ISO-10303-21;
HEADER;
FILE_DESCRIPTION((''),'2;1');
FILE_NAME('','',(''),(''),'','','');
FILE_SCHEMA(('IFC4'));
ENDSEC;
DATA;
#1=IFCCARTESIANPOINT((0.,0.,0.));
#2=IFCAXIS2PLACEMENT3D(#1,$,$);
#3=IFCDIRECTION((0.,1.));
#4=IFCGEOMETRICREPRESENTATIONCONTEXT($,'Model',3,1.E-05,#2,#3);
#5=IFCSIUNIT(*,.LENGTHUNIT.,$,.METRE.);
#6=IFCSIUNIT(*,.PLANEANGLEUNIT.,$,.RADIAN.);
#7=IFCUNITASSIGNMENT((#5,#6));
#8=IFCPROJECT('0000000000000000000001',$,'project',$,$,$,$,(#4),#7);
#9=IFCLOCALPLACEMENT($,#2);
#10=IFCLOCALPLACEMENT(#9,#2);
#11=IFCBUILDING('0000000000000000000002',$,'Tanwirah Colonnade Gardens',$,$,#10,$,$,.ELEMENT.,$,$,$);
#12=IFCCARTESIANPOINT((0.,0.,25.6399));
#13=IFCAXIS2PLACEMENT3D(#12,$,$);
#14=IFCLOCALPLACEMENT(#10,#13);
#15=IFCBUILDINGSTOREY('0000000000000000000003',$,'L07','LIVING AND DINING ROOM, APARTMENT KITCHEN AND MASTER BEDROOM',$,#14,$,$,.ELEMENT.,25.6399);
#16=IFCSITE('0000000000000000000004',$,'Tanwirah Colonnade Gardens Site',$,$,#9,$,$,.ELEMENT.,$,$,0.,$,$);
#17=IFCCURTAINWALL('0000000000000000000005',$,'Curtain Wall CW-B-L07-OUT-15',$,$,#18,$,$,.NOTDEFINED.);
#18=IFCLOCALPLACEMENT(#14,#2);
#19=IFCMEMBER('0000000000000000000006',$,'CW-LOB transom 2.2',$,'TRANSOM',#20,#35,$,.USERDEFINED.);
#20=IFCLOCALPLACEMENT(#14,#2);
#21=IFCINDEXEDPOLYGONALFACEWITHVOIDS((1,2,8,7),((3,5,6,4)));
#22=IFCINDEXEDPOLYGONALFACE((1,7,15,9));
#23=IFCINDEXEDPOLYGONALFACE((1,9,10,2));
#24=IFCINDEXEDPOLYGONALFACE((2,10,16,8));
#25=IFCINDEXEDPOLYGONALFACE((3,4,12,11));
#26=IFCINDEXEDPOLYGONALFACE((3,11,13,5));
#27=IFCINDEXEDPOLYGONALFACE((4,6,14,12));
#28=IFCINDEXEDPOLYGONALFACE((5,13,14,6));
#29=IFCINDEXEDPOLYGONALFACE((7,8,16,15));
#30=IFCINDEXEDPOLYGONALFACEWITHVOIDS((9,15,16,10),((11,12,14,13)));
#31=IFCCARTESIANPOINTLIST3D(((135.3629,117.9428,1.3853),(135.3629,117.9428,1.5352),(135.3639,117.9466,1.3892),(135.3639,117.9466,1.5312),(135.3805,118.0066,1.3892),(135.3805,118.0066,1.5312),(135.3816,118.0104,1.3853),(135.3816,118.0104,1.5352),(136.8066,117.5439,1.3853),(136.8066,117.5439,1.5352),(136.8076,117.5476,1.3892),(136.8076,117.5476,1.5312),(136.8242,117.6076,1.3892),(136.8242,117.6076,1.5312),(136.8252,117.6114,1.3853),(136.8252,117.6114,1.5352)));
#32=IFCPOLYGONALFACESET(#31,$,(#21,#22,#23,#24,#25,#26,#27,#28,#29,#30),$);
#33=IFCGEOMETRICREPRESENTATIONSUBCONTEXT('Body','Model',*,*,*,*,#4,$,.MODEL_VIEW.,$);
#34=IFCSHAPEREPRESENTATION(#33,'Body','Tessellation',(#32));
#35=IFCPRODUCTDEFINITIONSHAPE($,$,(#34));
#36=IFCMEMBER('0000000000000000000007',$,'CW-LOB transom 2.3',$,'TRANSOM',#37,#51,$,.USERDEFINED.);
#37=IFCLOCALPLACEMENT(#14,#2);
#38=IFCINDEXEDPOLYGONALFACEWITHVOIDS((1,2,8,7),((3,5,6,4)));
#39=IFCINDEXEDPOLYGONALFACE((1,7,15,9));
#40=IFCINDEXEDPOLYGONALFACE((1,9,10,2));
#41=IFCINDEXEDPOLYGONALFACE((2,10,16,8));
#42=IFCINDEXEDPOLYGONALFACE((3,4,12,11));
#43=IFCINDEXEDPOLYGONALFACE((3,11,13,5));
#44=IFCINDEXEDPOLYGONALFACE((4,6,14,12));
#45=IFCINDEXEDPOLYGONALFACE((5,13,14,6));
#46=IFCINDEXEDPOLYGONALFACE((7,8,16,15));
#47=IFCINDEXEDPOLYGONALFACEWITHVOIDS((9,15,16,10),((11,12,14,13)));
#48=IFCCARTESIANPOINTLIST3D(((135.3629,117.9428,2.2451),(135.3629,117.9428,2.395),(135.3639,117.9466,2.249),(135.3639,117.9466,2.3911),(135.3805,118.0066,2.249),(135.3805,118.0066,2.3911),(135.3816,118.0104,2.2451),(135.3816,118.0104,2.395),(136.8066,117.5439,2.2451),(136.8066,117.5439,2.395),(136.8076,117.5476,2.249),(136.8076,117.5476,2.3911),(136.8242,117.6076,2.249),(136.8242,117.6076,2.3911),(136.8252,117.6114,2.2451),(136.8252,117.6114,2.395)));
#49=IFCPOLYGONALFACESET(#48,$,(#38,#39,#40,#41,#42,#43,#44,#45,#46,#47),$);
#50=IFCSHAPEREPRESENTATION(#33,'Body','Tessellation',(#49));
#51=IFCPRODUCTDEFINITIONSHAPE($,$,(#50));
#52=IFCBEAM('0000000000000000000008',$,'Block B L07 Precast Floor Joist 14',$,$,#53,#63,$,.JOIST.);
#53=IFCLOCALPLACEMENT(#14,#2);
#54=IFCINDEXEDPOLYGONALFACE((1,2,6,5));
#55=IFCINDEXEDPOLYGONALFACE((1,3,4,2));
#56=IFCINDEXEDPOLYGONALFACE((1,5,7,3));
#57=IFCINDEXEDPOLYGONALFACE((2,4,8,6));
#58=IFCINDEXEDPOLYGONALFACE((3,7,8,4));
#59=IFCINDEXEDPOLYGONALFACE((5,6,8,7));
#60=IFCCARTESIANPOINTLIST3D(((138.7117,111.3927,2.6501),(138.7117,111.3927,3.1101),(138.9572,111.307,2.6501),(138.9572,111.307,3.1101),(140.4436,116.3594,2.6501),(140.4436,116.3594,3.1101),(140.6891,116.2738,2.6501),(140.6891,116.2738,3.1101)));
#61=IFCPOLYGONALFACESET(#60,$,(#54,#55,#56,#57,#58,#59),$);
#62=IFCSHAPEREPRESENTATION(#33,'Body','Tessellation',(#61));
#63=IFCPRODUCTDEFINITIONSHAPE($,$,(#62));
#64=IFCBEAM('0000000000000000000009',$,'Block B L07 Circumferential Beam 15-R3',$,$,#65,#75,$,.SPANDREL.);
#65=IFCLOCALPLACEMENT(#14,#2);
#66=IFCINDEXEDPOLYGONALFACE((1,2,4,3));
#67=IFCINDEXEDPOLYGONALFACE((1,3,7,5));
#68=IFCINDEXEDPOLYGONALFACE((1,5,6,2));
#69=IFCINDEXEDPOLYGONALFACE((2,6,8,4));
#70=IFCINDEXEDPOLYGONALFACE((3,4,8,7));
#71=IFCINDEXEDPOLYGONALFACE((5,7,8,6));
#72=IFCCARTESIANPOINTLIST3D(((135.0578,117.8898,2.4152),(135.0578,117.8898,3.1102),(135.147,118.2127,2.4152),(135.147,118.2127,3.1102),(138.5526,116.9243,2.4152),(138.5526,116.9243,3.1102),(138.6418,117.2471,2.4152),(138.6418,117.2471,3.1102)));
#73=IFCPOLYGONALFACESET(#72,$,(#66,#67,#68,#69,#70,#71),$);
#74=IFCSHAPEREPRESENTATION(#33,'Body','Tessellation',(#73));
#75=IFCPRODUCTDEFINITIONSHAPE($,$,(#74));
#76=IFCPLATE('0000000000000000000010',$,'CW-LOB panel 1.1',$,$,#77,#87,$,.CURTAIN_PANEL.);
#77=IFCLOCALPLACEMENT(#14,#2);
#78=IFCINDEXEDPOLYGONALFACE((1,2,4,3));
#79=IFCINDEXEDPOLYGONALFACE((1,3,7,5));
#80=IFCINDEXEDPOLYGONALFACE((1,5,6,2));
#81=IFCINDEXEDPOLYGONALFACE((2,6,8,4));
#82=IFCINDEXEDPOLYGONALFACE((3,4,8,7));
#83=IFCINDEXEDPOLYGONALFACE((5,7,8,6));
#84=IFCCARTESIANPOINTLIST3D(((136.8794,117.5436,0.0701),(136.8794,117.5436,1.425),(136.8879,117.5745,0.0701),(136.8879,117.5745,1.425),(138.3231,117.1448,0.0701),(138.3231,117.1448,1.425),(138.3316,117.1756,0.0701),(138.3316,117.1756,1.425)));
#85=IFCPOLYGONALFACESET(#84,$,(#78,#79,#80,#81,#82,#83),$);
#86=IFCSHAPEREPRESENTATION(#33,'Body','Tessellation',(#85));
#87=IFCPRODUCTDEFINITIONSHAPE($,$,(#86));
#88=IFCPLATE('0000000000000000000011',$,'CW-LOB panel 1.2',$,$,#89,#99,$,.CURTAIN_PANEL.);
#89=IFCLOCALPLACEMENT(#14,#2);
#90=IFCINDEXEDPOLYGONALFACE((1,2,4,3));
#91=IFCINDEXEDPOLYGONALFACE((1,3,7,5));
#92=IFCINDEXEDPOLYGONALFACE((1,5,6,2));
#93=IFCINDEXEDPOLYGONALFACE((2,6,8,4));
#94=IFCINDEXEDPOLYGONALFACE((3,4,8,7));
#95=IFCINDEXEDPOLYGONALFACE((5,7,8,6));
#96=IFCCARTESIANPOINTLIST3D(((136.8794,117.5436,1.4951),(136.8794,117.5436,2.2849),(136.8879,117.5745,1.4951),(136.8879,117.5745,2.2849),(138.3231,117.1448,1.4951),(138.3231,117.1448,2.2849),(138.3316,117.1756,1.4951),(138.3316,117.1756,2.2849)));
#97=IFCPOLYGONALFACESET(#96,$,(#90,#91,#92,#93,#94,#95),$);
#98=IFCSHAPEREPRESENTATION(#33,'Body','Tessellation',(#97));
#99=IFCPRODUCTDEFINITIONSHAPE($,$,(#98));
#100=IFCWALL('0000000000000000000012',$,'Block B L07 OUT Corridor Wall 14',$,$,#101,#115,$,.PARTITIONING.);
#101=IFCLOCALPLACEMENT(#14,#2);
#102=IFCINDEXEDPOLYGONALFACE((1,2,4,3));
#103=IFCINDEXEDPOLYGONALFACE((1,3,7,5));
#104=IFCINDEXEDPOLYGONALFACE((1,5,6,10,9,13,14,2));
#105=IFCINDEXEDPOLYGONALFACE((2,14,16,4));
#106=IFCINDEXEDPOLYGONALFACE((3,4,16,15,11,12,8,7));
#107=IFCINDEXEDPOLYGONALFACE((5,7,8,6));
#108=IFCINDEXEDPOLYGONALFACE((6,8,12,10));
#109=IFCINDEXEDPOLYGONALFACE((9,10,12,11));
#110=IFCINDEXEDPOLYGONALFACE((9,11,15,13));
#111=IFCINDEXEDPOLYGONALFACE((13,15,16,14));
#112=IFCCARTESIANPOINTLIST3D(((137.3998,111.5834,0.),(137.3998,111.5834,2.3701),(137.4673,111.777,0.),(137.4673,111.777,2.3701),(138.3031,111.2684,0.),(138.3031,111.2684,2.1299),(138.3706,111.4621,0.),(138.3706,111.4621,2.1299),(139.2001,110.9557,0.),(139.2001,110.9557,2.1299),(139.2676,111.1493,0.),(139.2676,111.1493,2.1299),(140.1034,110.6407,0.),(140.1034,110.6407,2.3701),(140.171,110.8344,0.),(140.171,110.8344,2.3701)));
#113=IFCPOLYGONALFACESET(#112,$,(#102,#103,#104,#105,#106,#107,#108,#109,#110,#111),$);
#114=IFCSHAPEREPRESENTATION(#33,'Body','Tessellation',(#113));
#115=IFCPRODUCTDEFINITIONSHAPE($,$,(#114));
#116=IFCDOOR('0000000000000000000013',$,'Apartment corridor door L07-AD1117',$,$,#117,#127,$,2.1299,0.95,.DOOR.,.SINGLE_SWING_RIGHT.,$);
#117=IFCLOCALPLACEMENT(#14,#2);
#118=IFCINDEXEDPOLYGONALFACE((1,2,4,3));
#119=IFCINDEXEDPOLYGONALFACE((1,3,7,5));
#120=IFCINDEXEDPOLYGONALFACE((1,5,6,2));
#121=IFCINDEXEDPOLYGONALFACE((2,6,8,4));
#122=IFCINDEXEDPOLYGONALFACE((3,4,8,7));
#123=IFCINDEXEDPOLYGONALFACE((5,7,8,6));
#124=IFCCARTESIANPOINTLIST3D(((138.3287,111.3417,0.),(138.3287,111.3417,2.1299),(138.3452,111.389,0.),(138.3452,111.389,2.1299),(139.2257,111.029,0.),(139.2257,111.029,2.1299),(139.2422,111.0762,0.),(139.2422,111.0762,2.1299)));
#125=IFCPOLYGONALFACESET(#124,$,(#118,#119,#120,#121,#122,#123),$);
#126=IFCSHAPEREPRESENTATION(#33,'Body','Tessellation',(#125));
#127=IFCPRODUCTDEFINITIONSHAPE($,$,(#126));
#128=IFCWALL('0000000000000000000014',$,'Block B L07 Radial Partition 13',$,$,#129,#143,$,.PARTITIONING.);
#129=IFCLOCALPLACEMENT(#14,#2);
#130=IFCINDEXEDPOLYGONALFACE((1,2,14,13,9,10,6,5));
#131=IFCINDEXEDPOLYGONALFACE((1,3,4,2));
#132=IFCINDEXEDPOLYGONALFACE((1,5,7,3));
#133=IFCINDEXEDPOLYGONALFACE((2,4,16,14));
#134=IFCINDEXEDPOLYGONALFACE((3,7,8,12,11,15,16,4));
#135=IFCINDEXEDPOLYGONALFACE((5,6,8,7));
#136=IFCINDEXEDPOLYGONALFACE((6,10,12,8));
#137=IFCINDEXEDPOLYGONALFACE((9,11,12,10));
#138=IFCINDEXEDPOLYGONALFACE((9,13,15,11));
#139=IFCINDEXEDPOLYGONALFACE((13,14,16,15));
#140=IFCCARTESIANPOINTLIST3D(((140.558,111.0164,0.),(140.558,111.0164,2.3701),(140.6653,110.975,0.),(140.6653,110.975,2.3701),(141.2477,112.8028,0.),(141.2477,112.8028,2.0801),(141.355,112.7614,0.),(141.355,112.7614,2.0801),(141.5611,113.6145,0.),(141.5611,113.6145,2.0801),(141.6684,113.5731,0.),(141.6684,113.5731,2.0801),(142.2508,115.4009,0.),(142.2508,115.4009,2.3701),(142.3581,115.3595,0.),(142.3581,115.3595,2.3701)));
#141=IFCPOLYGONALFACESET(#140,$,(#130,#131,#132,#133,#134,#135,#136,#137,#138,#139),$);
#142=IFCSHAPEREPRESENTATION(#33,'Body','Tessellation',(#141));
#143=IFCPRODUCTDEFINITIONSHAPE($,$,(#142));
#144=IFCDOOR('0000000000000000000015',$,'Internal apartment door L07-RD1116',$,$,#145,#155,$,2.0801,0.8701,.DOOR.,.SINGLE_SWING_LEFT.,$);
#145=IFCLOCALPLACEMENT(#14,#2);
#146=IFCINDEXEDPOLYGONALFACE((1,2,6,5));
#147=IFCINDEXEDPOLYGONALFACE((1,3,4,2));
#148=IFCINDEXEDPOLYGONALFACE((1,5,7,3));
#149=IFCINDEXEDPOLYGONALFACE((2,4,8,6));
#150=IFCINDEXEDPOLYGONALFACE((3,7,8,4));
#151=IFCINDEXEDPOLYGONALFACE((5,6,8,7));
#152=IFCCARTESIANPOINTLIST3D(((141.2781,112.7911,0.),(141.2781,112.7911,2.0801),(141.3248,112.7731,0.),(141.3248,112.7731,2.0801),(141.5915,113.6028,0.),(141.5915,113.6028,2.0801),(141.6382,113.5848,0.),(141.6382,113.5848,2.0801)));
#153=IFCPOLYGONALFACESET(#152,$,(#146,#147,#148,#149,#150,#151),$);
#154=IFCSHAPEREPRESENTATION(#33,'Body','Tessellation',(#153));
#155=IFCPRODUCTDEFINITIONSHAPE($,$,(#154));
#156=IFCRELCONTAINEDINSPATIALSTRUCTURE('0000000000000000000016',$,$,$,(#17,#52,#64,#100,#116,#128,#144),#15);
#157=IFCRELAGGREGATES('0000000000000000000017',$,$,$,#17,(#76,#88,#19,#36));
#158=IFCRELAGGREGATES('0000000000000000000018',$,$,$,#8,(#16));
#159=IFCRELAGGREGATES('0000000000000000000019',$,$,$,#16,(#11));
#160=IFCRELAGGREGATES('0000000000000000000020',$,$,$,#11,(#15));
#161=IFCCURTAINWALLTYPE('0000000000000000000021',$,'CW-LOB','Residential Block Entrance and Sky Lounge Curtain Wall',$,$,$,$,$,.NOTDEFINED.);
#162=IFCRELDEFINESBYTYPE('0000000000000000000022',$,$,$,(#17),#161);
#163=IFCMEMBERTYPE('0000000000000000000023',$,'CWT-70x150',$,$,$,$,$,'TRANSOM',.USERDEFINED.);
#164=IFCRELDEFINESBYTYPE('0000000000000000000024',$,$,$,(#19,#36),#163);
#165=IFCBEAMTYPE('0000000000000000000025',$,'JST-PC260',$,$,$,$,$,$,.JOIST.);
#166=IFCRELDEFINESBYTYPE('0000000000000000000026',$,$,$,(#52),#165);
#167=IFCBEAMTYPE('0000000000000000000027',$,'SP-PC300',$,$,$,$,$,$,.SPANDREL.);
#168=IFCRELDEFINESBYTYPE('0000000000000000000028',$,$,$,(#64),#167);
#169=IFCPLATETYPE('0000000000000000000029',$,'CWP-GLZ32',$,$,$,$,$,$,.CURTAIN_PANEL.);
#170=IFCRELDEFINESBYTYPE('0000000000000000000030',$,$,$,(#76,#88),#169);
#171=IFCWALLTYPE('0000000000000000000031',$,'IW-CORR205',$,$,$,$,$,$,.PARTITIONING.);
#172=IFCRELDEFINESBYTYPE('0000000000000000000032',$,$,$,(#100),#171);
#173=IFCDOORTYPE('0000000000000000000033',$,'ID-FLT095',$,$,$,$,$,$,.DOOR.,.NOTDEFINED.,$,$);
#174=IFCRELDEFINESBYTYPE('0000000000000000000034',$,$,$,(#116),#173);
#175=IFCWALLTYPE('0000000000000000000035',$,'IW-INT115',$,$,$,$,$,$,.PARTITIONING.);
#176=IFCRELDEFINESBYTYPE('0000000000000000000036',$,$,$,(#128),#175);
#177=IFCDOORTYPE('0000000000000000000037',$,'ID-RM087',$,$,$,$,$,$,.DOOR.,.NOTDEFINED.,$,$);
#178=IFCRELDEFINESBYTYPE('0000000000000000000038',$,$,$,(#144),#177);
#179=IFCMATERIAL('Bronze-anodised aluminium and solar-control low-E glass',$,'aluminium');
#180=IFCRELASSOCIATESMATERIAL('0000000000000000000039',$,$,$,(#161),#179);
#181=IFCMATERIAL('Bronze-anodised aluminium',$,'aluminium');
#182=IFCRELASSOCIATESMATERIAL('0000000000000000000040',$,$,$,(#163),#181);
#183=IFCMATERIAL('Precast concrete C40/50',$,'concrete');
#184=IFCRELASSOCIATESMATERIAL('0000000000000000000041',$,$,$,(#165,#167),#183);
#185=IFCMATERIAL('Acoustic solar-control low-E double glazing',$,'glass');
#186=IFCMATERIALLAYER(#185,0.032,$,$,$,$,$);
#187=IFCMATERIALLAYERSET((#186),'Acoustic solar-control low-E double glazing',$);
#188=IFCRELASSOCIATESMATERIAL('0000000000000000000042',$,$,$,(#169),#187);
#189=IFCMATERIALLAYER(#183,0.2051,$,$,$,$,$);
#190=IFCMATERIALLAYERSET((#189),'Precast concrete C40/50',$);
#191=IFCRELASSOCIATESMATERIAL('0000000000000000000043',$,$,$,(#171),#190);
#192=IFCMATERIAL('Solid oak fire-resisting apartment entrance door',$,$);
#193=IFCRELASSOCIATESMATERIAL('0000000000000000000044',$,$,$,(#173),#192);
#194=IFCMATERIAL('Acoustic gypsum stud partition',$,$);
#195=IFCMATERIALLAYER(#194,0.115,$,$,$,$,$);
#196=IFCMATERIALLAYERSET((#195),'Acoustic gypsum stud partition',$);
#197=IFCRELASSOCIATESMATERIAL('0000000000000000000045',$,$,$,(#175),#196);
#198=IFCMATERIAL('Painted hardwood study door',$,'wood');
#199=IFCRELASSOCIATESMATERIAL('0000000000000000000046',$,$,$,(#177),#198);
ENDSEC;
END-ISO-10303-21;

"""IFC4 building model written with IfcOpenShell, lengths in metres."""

from ifc_helpers import new_model, si_unit, direction, frame, frame_2d, origin, origin_2d, place, context, subcontext, project, spatial, rectangle, hollow_rectangle, extrude, material, layer, layer_set, material_profile, profile_set, type_object, element, fill, aggregate, save


model = new_model("IFC4")

# Units and contexts
model_context = context("Model", 3, precision=1e-05, world=origin(), true_north=direction((0.0, 1.0)))
body_context = subcontext(model_context, "Body", "Model", "MODEL_VIEW")
ifc_project = project(units=[si_unit("LENGTHUNIT", "METRE"), si_unit("PLANEANGLEUNIT", "RADIAN")], contexts=[model_context])

# Site, building, storey
site_placement = place(None, origin())
site = spatial("IfcSite", under=ifc_project, at=site_placement, Name="Tanwirah Colonnade Gardens Site", CompositionType="ELEMENT", RefElevation=0.0)
building_placement = place(site_placement, origin())
building = spatial("IfcBuilding", under=site, at=building_placement, Name="Tanwirah Colonnade Gardens", CompositionType="ELEMENT")
storey_placement = place(building_placement, frame((0.0, 0.0, 25.6399)))
storey = spatial("IfcBuildingStorey", under=building, at=storey_placement, Name="L07", Description="LIVING AND DINING ROOM, APARTMENT KITCHEN AND MASTER BEDROOM", CompositionType="ELEMENT", Elevation=25.6399)

# Shared definitions
ifc_material_1 = material(Name="Precast concrete C40/50", Category="concrete")

# Curtain wall, members
ifc_material_2 = material(Name="Bronze-anodised aluminium and solar-control low-E glass", Category="aluminium")
curtain_wall_type = type_object("IfcCurtainWallType", Name="CW-LOB", Description="Residential Block Entrance and Sky Lounge Curtain Wall", PredefinedType="NOTDEFINED", material=ifc_material_2)
curtain_wall_placement = place(storey_placement, origin())
curtain_wall = element("IfcCurtainWall", 1, at=curtain_wall_placement, inside=storey, type_object=curtain_wall_type, Name="Curtain Wall CW-B-L07-OUT-15", PredefinedType="NOTDEFINED")
ifc_material_3 = material(Name="Bronze-anodised aluminium", Category="aluminium")
ifc_material_profile_1 = material_profile(ifc_material_3, hollow_rectangle(XDim=0.0701, YDim=0.1499, WallThickness=0.0039, at=origin_2d()), Name="CW-TRN 70x150x4")
ifc_profile_set_1 = profile_set([ifc_material_profile_1], Name="Bronze-anodised aluminium")
member_type_1 = type_object("IfcMemberType", Name="CWT-70x150", ElementType="TRANSOM", PredefinedType="USERDEFINED", material=ifc_profile_set_1)
member_1_placement = place(storey_placement, frame((136.8159, 117.5776, 1.4602), z_axis=(-0.963874, 0.266357, 0.0), x_axis=(-0.266357, -0.963874, 0.0)))
member_1 = element("IfcMember", 2, at=member_1_placement, type_object=member_type_1, Name="CW-LOB transom 2.2", ObjectType="TRANSOM", PredefinedType="USERDEFINED", context=body_context, shape_type="SweptSolid", body=[
    extrude(hollow_rectangle(XDim=0.0701, YDim=0.1499, WallThickness=0.0039, at=origin_2d()), origin(), (0.0, 0.0, 1.0), 1.4978),
])
member_2_placement = place(storey_placement, frame((136.8159, 117.5776, 2.3201), z_axis=(-0.963874, 0.266357, 0.0), x_axis=(-0.266357, -0.963874, 0.0)))
member_2 = element("IfcMember", 3, at=member_2_placement, type_object=member_type_1, Name="CW-LOB transom 2.3", ObjectType="TRANSOM", PredefinedType="USERDEFINED", context=body_context, shape_type="SweptSolid", body=[
    extrude(hollow_rectangle(XDim=0.0701, YDim=0.1499, WallThickness=0.0039, at=origin_2d()), origin(), (0.0, 0.0, 1.0), 1.4978),
])

# Beams
ifc_material_profile_2 = material_profile(ifc_material_1, rectangle(XDim=0.26, YDim=0.46, at=origin_2d()), Name="PC-JST 260x460")
ifc_profile_set_2 = profile_set([ifc_material_profile_2], Name="Precast concrete C40/50")
beam_type_1 = type_object("IfcBeamType", Name="JST-PC260", PredefinedType="JOIST", material=ifc_profile_set_2)
beam_1_placement = place(storey_placement, frame((138.8345, 111.3499, 2.8801), z_axis=(0.329259, 0.94424, 0.0), x_axis=(-0.94424, 0.329259, 0.0)))
element("IfcBeam", 4, at=beam_1_placement, inside=storey, type_object=beam_type_1, Name="Block B L07 Precast Floor Joist 14", PredefinedType="JOIST", context=body_context, shape_type="SweptSolid", body=[
    extrude(rectangle(XDim=0.26, YDim=0.46, at=origin_2d()), origin(), (0.0, 0.0, 1.0), 5.26),
])
ifc_material_profile_3 = material_profile(ifc_material_1, rectangle(XDim=0.335, YDim=0.6951, at=origin_2d()), Name="PC-SP 335x695")
ifc_profile_set_3 = profile_set([ifc_material_profile_3], Name="Precast concrete C40/50")
beam_type_2 = type_object("IfcBeamType", Name="SP-PC300", PredefinedType="SPANDREL", material=ifc_profile_set_3)
beam_2_placement = place(storey_placement, frame((138.5972, 117.0857, 2.7627), z_axis=(-0.963888, 0.266307, 0.0), x_axis=(-0.266307, -0.963888, 0.0)))
element("IfcBeam", 5, at=beam_2_placement, inside=storey, type_object=beam_type_2, Name="Block B L07 Circumferential Beam 15-R3", PredefinedType="SPANDREL", context=body_context, shape_type="SweptSolid", body=[
    extrude(rectangle(XDim=0.335, YDim=0.6951, at=origin_2d()), origin(), (0.0, 0.0, 1.0), 3.6257),
])

# Plates
ifc_material_4 = material(Name="Acoustic solar-control low-E double glazing", Category="glass")
ifc_layer_1 = layer(ifc_material_4, 0.032)
ifc_layer_set_1 = layer_set([ifc_layer_1], Name="Acoustic solar-control low-E double glazing")
plate_type = type_object("IfcPlateType", Name="CWP-GLZ32", PredefinedType="CURTAIN_PANEL", material=ifc_layer_set_1)
plate_1_placement = place(storey_placement, frame((137.6055, 117.3596, 0.0701), z_axis=(0.0, 0.0, 1.0), x_axis=(-0.963889, 0.266305, 0.0)))
plate_1 = element("IfcPlate", 6, at=plate_1_placement, type_object=plate_type, Name="CW-LOB panel 1.1", PredefinedType="CURTAIN_PANEL", context=body_context, shape_type="SweptSolid", body=[
    extrude(rectangle(XDim=1.4978, YDim=0.032, at=origin_2d()), origin(), (0.0, 0.0, 1.0), 1.355),
])
plate_2_placement = place(storey_placement, frame((137.6055, 117.3596, 1.4951), z_axis=(0.0, 0.0, 1.0), x_axis=(-0.963889, 0.266305, 0.0)))
plate_2 = element("IfcPlate", 7, at=plate_2_placement, type_object=plate_type, Name="CW-LOB panel 1.2", PredefinedType="CURTAIN_PANEL", context=body_context, shape_type="SweptSolid", body=[
    extrude(rectangle(XDim=1.4978, YDim=0.032, at=origin_2d()), origin(), (0.0, 0.0, 1.0), 0.7898),
])
aggregate(curtain_wall, [plate_1, plate_2, member_1, member_2])

# Walls, openings, doors
ifc_layer_2 = layer(ifc_material_1, 0.2051)
ifc_layer_set_2 = layer_set([ifc_layer_2], Name="Precast concrete C40/50")
wall_type_1 = type_object("IfcWallType", Name="IW-CORR205", PredefinedType="PARTITIONING", material=ifc_layer_set_2)
wall_1_placement = place(storey_placement, frame((140.1372, 110.7375, 0.0), z_axis=(0.0, 0.0, 1.0), x_axis=(-0.944254, 0.329218, 0.0)))
wall_1 = element("IfcWall", 8, at=wall_1_placement, inside=storey, type_object=wall_type_1, Name="Block B L07 OUT Corridor Wall 14", PredefinedType="PARTITIONING", context=body_context, shape_type="SweptSolid", body=[
    extrude(rectangle(XDim=2.8633, YDim=0.2051, at=frame_2d((1.4316, 0.0))), origin(), (0.0, 0.0, 1.0), 2.3701),
])
opening_1_placement = place(wall_1_placement, frame((0.9565, 0.0, 0.0)))
opening_1 = element("IfcOpeningElement", 9, at=opening_1_placement, cuts=wall_1, PredefinedType="OPENING", context=body_context, shape_type="SweptSolid", body=[
    extrude(rectangle(XDim=0.95, YDim=2.1299, at=frame_2d((0.4751, 1.0649))), frame((0.0, 0.1125, 0.0), z_axis=(0.0, -1.0, 0.0), x_axis=(1.0, 0.0, 0.0)), (0.0, 0.0, 1.0), 0.2251),
])
ifc_material_5 = material(Name="Solid oak fire-resisting apartment entrance door")
door_type_1 = type_object("IfcDoorType", Name="ID-FLT095", OperationType="NOTDEFINED", PredefinedType="DOOR", material=ifc_material_5)
door_1_placement = place(opening_1_placement, origin())
door_1 = element("IfcDoor", 10, at=door_1_placement, inside=storey, type_object=door_type_1, Name="Apartment corridor door L07-AD1117", OperationType="SINGLE_SWING_RIGHT", OverallHeight=2.1299, OverallWidth=0.95, PredefinedType="DOOR", context=body_context, shape_type="SweptSolid", body=[
    extrude(rectangle(XDim=0.95, YDim=2.1299, at=frame_2d((0.4751, 1.0649))), frame((0.0, 0.0249, 0.0), z_axis=(0.0, -1.0, 0.0), x_axis=(1.0, 0.0, 0.0)), (0.0, 0.0, 1.0), 0.05),
])
fill(opening_1, door_1)
ifc_material_6 = material(Name="Acoustic gypsum stud partition")
ifc_layer_3 = layer(ifc_material_6, 0.115)
ifc_layer_set_3 = layer_set([ifc_layer_3], Name="Acoustic gypsum stud partition")
wall_type_2 = type_object("IfcWallType", Name="IW-INT115", PredefinedType="PARTITIONING", material=ifc_layer_set_3)
wall_2_placement = place(storey_placement, frame((140.6116, 110.9956, 0.0), z_axis=(0.0, 0.0, 1.0), x_axis=(0.360187, 0.93288, 0.0)))
wall_2 = element("IfcWall", 11, at=wall_2_placement, inside=storey, type_object=wall_type_2, Name="Block B L07 Radial Partition 13", PredefinedType="PARTITIONING", context=body_context, shape_type="SweptSolid", body=[
    extrude(rectangle(XDim=4.7, YDim=0.115, at=frame_2d((2.3501, 0.0))), origin(), (0.0, 0.0, 1.0), 2.3701),
])
opening_2_placement = place(wall_2_placement, frame((1.915, 0.0, 0.0)))
opening_2 = element("IfcOpeningElement", 12, at=opening_2_placement, cuts=wall_2, PredefinedType="OPENING", context=body_context, shape_type="SweptSolid", body=[
    extrude(rectangle(XDim=0.8701, YDim=2.0801, at=frame_2d((0.4351, 1.04))), frame((0.0, 0.0674, 0.0), z_axis=(0.0, -1.0, 0.0), x_axis=(1.0, 0.0, 0.0)), (0.0, 0.0, 1.0), 0.135),
])
ifc_material_7 = material(Name="Painted hardwood study door", Category="wood")
door_type_2 = type_object("IfcDoorType", Name="ID-RM087", OperationType="NOTDEFINED", PredefinedType="DOOR", material=ifc_material_7)
door_2_placement = place(opening_2_placement, origin())
door_2 = element("IfcDoor", 13, at=door_2_placement, inside=storey, type_object=door_type_2, Name="Internal apartment door L07-RD1116", OperationType="SINGLE_SWING_LEFT", OverallHeight=2.0801, OverallWidth=0.8701, PredefinedType="DOOR", context=body_context, shape_type="SweptSolid", body=[
    extrude(rectangle(XDim=0.8701, YDim=2.0801, at=frame_2d((0.4351, 1.04))), frame((0.0, 0.0249, 0.0), z_axis=(0.0, -1.0, 0.0), x_axis=(1.0, 0.0, 0.0)), (0.0, 0.0, 1.0), 0.05),
])
fill(opening_2, door_2)

save(model, "model.ifc")
